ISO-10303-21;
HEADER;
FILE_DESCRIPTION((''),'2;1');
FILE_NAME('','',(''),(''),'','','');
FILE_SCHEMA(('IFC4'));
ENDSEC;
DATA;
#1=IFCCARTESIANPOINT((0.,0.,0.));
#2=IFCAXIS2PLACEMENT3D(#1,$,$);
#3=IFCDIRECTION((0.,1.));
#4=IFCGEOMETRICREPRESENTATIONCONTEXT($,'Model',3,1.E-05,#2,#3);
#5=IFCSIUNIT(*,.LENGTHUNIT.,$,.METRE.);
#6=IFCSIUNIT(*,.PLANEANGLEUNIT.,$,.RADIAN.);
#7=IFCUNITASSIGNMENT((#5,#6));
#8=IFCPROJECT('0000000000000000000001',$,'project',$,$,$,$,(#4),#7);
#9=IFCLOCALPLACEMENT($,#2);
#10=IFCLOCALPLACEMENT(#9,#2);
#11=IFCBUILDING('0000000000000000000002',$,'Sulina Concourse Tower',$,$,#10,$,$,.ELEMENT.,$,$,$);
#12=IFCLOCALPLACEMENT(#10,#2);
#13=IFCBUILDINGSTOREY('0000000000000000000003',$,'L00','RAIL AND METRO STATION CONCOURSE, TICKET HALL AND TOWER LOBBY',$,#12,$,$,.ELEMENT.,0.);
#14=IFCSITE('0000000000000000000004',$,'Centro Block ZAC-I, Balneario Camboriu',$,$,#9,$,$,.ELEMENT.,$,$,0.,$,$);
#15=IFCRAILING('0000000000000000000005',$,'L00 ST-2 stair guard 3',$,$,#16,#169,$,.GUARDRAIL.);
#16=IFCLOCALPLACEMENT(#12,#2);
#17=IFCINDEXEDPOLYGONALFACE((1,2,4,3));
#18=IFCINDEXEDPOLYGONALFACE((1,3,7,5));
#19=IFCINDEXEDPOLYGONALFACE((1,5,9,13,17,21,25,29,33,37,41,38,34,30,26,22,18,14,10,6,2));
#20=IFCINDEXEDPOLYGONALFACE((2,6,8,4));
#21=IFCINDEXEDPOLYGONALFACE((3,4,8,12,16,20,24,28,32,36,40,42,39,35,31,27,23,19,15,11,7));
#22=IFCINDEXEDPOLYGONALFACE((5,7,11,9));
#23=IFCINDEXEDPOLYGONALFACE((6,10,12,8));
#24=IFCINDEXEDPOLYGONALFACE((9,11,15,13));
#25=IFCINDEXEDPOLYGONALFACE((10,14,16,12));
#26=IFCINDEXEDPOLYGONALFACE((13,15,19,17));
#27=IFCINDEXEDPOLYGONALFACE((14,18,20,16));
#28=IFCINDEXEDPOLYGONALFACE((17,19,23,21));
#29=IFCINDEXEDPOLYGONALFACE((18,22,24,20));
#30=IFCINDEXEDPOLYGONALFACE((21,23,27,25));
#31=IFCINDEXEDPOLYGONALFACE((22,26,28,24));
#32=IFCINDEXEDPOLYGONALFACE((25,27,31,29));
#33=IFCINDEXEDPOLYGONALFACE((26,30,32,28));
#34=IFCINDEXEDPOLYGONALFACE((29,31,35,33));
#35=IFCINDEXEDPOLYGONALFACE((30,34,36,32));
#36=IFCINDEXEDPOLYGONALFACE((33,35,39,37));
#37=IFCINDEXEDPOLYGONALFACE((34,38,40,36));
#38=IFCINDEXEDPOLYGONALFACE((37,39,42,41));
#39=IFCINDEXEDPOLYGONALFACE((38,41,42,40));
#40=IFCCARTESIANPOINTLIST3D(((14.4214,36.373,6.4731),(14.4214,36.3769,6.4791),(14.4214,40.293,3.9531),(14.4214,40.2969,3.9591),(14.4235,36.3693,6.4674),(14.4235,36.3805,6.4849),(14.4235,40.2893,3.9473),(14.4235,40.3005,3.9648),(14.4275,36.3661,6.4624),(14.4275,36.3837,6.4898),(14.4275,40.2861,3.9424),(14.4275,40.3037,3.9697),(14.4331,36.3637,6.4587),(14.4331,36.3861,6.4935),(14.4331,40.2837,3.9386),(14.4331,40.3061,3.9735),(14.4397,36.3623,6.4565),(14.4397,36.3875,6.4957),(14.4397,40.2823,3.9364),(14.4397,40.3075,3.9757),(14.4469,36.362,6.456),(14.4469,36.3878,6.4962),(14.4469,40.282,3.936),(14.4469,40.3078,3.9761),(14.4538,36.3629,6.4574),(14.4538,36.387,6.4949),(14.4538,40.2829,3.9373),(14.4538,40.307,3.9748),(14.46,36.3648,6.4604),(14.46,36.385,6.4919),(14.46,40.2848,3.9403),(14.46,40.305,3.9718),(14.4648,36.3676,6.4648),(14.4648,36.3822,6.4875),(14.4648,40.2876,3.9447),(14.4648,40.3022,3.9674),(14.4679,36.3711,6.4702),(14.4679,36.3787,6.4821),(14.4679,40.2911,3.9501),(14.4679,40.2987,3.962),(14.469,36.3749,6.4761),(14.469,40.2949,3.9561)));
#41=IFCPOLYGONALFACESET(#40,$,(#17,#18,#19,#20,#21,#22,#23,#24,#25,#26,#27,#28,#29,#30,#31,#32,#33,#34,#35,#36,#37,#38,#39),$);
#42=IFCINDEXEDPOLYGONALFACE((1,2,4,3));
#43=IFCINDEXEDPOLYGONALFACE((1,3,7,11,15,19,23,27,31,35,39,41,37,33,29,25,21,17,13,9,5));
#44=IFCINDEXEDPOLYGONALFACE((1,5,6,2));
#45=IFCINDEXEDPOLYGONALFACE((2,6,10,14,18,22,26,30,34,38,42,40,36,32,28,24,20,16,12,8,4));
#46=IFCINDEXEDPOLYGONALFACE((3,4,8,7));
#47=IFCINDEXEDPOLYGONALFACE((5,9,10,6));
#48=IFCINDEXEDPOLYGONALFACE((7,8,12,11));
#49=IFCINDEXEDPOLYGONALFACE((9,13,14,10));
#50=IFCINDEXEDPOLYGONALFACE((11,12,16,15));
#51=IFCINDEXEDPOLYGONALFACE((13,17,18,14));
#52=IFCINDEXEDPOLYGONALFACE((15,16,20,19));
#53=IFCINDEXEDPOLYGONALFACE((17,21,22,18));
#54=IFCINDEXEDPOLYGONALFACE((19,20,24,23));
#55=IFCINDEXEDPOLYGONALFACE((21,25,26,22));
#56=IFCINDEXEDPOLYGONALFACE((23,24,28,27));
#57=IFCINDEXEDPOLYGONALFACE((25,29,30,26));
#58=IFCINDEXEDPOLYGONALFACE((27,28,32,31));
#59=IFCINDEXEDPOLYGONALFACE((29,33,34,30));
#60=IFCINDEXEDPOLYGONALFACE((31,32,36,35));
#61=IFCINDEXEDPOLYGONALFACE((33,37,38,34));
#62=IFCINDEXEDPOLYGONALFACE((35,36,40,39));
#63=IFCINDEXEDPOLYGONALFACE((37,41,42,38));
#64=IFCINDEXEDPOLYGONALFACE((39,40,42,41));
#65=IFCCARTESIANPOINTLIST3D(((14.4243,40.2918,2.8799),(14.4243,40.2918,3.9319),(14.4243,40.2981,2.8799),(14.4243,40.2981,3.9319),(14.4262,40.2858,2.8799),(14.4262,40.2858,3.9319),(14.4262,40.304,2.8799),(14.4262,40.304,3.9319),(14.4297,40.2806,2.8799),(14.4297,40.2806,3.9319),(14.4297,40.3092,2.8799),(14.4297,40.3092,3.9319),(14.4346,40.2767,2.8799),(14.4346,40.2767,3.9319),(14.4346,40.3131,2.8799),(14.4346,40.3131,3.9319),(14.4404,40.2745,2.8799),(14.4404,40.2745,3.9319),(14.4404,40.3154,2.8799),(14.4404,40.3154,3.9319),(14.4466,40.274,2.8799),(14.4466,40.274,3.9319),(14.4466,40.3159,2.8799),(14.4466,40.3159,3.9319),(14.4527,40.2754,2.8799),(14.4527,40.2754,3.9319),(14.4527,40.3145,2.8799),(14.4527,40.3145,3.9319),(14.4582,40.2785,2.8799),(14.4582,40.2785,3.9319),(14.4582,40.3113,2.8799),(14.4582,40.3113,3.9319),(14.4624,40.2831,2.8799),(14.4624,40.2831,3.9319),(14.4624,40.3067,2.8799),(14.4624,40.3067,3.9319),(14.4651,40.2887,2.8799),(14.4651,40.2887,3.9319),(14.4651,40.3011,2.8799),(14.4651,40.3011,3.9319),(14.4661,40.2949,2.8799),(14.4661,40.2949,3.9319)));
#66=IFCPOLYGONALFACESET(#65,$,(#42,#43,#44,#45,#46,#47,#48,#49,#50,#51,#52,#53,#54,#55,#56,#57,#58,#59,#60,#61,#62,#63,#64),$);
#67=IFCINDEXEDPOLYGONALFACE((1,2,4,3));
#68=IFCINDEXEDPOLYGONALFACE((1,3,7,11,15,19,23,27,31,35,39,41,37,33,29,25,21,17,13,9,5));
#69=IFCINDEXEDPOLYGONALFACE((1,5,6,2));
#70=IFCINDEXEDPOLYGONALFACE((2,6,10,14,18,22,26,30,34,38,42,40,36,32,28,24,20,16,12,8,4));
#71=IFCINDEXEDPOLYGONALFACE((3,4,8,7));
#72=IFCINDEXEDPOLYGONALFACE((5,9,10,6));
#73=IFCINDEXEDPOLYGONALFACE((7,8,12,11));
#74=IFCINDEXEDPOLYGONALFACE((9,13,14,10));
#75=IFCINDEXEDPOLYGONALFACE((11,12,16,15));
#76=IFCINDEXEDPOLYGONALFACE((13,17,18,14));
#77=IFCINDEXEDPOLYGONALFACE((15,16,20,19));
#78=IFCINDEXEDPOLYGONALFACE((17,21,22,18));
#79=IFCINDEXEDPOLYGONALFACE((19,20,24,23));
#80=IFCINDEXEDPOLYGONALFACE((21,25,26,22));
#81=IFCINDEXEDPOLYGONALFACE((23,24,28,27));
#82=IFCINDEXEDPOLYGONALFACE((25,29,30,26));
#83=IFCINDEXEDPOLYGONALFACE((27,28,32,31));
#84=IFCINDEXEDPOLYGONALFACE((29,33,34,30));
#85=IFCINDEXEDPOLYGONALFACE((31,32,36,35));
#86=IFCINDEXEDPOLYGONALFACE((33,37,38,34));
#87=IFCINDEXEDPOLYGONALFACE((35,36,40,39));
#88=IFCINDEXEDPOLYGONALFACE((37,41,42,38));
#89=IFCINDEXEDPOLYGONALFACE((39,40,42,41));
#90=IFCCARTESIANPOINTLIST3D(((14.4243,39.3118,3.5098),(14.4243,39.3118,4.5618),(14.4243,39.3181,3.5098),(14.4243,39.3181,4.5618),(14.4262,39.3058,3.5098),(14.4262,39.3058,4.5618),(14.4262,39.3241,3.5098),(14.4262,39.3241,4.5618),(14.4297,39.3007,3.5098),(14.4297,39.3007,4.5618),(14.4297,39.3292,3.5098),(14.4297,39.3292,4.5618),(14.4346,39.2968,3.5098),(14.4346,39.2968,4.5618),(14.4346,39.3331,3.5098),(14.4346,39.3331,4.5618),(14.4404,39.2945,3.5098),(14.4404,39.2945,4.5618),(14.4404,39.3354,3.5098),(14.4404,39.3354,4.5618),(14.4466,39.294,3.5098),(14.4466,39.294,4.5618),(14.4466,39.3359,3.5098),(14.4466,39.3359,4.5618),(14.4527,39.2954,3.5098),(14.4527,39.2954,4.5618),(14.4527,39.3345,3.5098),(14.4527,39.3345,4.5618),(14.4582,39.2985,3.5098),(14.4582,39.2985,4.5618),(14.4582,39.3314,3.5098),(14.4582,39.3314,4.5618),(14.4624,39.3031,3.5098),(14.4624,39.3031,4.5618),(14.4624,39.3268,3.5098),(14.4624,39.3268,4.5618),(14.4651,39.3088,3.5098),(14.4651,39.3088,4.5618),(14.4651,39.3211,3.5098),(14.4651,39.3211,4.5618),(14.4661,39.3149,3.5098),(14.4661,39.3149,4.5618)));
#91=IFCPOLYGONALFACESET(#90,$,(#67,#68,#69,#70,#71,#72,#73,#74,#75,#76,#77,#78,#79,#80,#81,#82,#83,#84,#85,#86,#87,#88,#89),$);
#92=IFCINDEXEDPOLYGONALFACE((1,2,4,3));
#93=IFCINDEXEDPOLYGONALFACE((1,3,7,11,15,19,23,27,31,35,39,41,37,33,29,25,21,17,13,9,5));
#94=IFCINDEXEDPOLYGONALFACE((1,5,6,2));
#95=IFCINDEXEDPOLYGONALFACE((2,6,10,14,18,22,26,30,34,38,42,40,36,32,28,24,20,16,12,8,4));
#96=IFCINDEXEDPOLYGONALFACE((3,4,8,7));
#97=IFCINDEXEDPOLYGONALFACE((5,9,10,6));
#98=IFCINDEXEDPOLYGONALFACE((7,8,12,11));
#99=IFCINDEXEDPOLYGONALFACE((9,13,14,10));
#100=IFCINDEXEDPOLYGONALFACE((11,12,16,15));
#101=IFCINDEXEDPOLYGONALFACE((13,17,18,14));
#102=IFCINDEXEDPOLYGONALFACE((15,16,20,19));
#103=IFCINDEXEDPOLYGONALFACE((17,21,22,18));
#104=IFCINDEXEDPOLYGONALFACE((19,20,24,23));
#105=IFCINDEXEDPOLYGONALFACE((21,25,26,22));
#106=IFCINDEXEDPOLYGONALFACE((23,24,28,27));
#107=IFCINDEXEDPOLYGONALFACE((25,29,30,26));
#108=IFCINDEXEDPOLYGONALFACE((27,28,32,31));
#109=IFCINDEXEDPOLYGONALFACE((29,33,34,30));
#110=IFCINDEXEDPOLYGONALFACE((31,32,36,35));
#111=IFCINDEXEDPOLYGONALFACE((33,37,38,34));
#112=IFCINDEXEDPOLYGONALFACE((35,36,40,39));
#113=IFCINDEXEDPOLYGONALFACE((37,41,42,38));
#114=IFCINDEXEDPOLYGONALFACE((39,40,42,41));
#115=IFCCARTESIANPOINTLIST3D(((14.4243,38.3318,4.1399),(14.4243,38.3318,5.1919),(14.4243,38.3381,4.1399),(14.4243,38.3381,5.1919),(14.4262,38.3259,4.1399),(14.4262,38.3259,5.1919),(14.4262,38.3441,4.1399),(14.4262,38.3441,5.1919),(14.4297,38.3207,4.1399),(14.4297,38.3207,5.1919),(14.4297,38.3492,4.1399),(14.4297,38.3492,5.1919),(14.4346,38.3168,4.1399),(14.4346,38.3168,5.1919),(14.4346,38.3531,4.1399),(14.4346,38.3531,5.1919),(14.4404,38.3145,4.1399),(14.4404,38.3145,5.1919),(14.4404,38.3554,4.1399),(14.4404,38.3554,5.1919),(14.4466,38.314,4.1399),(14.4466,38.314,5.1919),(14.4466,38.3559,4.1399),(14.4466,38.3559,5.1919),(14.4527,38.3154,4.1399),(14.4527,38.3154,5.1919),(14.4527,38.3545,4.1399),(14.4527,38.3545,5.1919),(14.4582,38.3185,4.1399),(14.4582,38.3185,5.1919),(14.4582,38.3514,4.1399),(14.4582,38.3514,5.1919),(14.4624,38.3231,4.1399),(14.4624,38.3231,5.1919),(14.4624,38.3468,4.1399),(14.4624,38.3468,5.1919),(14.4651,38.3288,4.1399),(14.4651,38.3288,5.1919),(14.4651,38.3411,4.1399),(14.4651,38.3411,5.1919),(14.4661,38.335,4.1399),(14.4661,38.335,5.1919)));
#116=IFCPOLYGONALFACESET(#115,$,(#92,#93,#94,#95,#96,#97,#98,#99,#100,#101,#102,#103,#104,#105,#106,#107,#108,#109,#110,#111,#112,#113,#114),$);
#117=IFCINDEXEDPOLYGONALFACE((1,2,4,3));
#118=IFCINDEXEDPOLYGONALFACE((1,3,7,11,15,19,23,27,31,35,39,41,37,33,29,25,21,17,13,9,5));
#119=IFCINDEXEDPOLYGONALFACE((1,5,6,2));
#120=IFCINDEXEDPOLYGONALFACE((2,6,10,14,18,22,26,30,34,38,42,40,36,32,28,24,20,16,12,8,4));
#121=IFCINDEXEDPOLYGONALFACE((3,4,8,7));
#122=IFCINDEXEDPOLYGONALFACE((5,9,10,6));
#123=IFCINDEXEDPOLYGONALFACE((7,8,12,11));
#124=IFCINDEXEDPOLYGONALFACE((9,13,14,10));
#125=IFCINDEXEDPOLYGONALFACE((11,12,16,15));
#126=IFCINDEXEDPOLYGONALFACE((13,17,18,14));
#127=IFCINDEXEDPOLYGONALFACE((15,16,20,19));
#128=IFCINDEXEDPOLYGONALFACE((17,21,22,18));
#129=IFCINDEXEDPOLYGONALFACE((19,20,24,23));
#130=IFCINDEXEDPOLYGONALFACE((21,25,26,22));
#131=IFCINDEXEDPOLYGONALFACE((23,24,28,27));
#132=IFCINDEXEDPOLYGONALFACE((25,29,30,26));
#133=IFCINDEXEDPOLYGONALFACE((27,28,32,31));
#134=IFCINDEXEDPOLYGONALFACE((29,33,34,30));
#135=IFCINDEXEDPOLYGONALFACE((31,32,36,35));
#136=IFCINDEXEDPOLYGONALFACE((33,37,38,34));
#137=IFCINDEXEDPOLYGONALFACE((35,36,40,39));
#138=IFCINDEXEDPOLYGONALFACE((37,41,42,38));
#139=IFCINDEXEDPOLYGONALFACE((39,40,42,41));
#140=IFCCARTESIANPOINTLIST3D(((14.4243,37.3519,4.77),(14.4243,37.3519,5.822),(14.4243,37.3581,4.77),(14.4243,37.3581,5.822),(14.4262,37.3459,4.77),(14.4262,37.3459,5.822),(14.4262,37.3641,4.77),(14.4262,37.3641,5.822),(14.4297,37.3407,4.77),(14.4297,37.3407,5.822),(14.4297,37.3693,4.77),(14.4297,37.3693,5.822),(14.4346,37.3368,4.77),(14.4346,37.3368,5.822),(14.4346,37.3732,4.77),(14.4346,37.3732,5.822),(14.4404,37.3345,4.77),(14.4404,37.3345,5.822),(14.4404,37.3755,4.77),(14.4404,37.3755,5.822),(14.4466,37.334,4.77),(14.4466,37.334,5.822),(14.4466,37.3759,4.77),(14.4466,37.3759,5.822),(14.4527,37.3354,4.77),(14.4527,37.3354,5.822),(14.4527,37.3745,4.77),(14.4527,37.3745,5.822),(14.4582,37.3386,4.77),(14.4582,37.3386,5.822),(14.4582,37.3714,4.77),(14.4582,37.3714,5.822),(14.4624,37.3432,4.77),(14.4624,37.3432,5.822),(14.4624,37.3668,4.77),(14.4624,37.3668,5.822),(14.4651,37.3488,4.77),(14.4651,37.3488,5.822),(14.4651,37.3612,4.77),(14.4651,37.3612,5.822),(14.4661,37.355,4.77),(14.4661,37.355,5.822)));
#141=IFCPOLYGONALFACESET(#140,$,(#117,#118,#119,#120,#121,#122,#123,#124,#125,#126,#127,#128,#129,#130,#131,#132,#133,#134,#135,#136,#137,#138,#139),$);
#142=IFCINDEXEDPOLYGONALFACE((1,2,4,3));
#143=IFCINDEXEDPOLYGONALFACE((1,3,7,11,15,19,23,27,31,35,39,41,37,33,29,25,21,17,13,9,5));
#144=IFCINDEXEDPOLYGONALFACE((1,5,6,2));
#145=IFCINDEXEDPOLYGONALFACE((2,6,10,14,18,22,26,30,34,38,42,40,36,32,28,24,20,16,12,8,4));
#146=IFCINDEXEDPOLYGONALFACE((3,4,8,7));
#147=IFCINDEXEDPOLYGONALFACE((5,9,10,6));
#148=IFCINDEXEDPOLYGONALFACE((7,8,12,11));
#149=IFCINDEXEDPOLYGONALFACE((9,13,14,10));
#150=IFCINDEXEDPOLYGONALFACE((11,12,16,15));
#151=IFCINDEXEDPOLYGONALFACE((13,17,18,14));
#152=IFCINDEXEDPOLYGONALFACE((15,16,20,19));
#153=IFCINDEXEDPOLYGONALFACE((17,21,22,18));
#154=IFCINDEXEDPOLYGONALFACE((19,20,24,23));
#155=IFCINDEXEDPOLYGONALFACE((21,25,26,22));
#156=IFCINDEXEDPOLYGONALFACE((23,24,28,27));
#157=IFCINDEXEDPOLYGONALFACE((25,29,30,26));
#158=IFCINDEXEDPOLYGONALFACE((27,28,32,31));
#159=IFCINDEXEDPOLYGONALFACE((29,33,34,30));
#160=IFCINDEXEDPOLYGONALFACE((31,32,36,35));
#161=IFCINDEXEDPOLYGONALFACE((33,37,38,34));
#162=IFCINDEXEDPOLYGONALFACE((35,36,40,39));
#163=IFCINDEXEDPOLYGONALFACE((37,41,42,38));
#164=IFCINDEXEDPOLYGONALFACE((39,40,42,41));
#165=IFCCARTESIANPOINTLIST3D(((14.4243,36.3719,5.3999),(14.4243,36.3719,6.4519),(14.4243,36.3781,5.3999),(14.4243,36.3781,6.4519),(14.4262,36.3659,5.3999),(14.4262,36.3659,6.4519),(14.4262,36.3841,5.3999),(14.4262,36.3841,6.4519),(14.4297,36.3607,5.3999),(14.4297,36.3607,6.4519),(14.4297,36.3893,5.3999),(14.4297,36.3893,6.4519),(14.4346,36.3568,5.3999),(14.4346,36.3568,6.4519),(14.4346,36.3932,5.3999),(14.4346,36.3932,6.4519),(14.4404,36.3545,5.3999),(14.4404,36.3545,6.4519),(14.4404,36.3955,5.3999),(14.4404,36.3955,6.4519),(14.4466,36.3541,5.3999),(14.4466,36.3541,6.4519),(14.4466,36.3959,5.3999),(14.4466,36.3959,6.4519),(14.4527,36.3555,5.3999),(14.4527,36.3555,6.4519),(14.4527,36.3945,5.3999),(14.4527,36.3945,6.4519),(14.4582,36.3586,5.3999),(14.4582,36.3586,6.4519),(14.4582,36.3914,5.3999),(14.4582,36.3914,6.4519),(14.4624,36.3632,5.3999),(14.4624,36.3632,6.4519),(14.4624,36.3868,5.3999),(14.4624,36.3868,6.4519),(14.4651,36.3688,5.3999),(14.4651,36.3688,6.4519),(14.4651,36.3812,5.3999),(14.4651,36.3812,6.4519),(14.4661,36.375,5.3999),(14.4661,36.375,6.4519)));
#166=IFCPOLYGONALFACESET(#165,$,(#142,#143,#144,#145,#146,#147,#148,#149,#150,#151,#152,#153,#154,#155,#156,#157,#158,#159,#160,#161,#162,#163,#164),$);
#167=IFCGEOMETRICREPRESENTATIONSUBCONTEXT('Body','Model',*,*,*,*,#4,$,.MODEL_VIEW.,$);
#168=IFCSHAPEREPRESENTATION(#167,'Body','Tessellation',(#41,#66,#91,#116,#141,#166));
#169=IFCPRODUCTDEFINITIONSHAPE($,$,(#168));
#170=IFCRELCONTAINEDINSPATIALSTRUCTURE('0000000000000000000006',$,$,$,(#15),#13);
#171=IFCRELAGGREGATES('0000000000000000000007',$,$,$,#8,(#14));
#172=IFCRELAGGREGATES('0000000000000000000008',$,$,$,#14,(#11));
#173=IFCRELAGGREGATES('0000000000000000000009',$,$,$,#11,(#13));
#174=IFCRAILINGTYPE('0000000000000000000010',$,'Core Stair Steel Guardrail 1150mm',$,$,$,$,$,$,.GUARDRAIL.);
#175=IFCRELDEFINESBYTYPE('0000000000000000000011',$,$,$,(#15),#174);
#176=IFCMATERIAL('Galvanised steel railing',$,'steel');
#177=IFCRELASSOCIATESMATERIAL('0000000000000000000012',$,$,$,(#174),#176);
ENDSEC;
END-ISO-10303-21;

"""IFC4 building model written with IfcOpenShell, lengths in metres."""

from ifc_helpers import new_model, si_unit, direction, frame, origin, origin_2d, place, context, subcontext, project, spatial, circle, extrude, material, type_object, element, save


model = new_model("IFC4")

# Units and contexts
model_context = context("Model", 3, precision=1e-05, world=origin(), true_north=direction((0.0, 1.0)))
body_context = subcontext(model_context, "Body", "Model", "MODEL_VIEW")
ifc_project = project(units=[si_unit("LENGTHUNIT", "METRE"), si_unit("PLANEANGLEUNIT", "RADIAN")], contexts=[model_context])

# Site, building, storey
site_placement = place(None, origin())
site = spatial("IfcSite", under=ifc_project, at=site_placement, Name="Centro Block ZAC-I, Balneario Camboriu", CompositionType="ELEMENT", RefElevation=0.0)
building_placement = place(site_placement, origin())
building = spatial("IfcBuilding", under=site, at=building_placement, Name="Sulina Concourse Tower", CompositionType="ELEMENT")
storey_placement = place(building_placement, origin())
storey = spatial("IfcBuildingStorey", under=building, at=storey_placement, Name="L00", Description="RAIL AND METRO STATION CONCOURSE, TICKET HALL AND TOWER LOBBY", CompositionType="ELEMENT", Elevation=0.0)

# Railing
ifc_material_1 = material(Name="Galvanised steel railing", Category="steel")
railing_type_1 = type_object("IfcRailingType", Name="Core Stair Steel Guardrail 1150mm", PredefinedType="GUARDRAIL", material=ifc_material_1)
railing_1_placement = place(storey_placement, frame((14.4451, 40.2949, 2.8799)))
element("IfcRailing", 1, at=railing_1_placement, inside=storey, type_object=railing_type_1, Name="L00 ST-2 stair guard 3", PredefinedType="GUARDRAIL", context=body_context, shape_type="SweptSolid", body=[
    extrude(circle(Radius=0.0239, at=origin_2d()), frame((0.0, 0.0, 1.0762), z_axis=(0.0, -0.841172, 0.540768), x_axis=(1.0, 0.0, 0.0)), (0.0, 0.0, 1.0), 4.6602),
    extrude(circle(Radius=0.021, at=origin_2d()), origin(), (0.0, 0.0, 1.0), 1.052),
    extrude(circle(Radius=0.021, at=origin_2d()), frame((0.0, -0.98, 0.6299)), (0.0, 0.0, 1.0), 1.052),
    extrude(circle(Radius=0.021, at=origin_2d()), frame((0.0, -1.96, 1.26)), (0.0, 0.0, 1.0), 1.052),
    extrude(circle(Radius=0.021, at=origin_2d()), frame((0.0, -2.9399, 1.8901)), (0.0, 0.0, 1.0), 1.052),
    extrude(circle(Radius=0.021, at=origin_2d()), frame((0.0, -3.9199, 2.52)), (0.0, 0.0, 1.0), 1.052),
])

save(model, "model.ifc")
